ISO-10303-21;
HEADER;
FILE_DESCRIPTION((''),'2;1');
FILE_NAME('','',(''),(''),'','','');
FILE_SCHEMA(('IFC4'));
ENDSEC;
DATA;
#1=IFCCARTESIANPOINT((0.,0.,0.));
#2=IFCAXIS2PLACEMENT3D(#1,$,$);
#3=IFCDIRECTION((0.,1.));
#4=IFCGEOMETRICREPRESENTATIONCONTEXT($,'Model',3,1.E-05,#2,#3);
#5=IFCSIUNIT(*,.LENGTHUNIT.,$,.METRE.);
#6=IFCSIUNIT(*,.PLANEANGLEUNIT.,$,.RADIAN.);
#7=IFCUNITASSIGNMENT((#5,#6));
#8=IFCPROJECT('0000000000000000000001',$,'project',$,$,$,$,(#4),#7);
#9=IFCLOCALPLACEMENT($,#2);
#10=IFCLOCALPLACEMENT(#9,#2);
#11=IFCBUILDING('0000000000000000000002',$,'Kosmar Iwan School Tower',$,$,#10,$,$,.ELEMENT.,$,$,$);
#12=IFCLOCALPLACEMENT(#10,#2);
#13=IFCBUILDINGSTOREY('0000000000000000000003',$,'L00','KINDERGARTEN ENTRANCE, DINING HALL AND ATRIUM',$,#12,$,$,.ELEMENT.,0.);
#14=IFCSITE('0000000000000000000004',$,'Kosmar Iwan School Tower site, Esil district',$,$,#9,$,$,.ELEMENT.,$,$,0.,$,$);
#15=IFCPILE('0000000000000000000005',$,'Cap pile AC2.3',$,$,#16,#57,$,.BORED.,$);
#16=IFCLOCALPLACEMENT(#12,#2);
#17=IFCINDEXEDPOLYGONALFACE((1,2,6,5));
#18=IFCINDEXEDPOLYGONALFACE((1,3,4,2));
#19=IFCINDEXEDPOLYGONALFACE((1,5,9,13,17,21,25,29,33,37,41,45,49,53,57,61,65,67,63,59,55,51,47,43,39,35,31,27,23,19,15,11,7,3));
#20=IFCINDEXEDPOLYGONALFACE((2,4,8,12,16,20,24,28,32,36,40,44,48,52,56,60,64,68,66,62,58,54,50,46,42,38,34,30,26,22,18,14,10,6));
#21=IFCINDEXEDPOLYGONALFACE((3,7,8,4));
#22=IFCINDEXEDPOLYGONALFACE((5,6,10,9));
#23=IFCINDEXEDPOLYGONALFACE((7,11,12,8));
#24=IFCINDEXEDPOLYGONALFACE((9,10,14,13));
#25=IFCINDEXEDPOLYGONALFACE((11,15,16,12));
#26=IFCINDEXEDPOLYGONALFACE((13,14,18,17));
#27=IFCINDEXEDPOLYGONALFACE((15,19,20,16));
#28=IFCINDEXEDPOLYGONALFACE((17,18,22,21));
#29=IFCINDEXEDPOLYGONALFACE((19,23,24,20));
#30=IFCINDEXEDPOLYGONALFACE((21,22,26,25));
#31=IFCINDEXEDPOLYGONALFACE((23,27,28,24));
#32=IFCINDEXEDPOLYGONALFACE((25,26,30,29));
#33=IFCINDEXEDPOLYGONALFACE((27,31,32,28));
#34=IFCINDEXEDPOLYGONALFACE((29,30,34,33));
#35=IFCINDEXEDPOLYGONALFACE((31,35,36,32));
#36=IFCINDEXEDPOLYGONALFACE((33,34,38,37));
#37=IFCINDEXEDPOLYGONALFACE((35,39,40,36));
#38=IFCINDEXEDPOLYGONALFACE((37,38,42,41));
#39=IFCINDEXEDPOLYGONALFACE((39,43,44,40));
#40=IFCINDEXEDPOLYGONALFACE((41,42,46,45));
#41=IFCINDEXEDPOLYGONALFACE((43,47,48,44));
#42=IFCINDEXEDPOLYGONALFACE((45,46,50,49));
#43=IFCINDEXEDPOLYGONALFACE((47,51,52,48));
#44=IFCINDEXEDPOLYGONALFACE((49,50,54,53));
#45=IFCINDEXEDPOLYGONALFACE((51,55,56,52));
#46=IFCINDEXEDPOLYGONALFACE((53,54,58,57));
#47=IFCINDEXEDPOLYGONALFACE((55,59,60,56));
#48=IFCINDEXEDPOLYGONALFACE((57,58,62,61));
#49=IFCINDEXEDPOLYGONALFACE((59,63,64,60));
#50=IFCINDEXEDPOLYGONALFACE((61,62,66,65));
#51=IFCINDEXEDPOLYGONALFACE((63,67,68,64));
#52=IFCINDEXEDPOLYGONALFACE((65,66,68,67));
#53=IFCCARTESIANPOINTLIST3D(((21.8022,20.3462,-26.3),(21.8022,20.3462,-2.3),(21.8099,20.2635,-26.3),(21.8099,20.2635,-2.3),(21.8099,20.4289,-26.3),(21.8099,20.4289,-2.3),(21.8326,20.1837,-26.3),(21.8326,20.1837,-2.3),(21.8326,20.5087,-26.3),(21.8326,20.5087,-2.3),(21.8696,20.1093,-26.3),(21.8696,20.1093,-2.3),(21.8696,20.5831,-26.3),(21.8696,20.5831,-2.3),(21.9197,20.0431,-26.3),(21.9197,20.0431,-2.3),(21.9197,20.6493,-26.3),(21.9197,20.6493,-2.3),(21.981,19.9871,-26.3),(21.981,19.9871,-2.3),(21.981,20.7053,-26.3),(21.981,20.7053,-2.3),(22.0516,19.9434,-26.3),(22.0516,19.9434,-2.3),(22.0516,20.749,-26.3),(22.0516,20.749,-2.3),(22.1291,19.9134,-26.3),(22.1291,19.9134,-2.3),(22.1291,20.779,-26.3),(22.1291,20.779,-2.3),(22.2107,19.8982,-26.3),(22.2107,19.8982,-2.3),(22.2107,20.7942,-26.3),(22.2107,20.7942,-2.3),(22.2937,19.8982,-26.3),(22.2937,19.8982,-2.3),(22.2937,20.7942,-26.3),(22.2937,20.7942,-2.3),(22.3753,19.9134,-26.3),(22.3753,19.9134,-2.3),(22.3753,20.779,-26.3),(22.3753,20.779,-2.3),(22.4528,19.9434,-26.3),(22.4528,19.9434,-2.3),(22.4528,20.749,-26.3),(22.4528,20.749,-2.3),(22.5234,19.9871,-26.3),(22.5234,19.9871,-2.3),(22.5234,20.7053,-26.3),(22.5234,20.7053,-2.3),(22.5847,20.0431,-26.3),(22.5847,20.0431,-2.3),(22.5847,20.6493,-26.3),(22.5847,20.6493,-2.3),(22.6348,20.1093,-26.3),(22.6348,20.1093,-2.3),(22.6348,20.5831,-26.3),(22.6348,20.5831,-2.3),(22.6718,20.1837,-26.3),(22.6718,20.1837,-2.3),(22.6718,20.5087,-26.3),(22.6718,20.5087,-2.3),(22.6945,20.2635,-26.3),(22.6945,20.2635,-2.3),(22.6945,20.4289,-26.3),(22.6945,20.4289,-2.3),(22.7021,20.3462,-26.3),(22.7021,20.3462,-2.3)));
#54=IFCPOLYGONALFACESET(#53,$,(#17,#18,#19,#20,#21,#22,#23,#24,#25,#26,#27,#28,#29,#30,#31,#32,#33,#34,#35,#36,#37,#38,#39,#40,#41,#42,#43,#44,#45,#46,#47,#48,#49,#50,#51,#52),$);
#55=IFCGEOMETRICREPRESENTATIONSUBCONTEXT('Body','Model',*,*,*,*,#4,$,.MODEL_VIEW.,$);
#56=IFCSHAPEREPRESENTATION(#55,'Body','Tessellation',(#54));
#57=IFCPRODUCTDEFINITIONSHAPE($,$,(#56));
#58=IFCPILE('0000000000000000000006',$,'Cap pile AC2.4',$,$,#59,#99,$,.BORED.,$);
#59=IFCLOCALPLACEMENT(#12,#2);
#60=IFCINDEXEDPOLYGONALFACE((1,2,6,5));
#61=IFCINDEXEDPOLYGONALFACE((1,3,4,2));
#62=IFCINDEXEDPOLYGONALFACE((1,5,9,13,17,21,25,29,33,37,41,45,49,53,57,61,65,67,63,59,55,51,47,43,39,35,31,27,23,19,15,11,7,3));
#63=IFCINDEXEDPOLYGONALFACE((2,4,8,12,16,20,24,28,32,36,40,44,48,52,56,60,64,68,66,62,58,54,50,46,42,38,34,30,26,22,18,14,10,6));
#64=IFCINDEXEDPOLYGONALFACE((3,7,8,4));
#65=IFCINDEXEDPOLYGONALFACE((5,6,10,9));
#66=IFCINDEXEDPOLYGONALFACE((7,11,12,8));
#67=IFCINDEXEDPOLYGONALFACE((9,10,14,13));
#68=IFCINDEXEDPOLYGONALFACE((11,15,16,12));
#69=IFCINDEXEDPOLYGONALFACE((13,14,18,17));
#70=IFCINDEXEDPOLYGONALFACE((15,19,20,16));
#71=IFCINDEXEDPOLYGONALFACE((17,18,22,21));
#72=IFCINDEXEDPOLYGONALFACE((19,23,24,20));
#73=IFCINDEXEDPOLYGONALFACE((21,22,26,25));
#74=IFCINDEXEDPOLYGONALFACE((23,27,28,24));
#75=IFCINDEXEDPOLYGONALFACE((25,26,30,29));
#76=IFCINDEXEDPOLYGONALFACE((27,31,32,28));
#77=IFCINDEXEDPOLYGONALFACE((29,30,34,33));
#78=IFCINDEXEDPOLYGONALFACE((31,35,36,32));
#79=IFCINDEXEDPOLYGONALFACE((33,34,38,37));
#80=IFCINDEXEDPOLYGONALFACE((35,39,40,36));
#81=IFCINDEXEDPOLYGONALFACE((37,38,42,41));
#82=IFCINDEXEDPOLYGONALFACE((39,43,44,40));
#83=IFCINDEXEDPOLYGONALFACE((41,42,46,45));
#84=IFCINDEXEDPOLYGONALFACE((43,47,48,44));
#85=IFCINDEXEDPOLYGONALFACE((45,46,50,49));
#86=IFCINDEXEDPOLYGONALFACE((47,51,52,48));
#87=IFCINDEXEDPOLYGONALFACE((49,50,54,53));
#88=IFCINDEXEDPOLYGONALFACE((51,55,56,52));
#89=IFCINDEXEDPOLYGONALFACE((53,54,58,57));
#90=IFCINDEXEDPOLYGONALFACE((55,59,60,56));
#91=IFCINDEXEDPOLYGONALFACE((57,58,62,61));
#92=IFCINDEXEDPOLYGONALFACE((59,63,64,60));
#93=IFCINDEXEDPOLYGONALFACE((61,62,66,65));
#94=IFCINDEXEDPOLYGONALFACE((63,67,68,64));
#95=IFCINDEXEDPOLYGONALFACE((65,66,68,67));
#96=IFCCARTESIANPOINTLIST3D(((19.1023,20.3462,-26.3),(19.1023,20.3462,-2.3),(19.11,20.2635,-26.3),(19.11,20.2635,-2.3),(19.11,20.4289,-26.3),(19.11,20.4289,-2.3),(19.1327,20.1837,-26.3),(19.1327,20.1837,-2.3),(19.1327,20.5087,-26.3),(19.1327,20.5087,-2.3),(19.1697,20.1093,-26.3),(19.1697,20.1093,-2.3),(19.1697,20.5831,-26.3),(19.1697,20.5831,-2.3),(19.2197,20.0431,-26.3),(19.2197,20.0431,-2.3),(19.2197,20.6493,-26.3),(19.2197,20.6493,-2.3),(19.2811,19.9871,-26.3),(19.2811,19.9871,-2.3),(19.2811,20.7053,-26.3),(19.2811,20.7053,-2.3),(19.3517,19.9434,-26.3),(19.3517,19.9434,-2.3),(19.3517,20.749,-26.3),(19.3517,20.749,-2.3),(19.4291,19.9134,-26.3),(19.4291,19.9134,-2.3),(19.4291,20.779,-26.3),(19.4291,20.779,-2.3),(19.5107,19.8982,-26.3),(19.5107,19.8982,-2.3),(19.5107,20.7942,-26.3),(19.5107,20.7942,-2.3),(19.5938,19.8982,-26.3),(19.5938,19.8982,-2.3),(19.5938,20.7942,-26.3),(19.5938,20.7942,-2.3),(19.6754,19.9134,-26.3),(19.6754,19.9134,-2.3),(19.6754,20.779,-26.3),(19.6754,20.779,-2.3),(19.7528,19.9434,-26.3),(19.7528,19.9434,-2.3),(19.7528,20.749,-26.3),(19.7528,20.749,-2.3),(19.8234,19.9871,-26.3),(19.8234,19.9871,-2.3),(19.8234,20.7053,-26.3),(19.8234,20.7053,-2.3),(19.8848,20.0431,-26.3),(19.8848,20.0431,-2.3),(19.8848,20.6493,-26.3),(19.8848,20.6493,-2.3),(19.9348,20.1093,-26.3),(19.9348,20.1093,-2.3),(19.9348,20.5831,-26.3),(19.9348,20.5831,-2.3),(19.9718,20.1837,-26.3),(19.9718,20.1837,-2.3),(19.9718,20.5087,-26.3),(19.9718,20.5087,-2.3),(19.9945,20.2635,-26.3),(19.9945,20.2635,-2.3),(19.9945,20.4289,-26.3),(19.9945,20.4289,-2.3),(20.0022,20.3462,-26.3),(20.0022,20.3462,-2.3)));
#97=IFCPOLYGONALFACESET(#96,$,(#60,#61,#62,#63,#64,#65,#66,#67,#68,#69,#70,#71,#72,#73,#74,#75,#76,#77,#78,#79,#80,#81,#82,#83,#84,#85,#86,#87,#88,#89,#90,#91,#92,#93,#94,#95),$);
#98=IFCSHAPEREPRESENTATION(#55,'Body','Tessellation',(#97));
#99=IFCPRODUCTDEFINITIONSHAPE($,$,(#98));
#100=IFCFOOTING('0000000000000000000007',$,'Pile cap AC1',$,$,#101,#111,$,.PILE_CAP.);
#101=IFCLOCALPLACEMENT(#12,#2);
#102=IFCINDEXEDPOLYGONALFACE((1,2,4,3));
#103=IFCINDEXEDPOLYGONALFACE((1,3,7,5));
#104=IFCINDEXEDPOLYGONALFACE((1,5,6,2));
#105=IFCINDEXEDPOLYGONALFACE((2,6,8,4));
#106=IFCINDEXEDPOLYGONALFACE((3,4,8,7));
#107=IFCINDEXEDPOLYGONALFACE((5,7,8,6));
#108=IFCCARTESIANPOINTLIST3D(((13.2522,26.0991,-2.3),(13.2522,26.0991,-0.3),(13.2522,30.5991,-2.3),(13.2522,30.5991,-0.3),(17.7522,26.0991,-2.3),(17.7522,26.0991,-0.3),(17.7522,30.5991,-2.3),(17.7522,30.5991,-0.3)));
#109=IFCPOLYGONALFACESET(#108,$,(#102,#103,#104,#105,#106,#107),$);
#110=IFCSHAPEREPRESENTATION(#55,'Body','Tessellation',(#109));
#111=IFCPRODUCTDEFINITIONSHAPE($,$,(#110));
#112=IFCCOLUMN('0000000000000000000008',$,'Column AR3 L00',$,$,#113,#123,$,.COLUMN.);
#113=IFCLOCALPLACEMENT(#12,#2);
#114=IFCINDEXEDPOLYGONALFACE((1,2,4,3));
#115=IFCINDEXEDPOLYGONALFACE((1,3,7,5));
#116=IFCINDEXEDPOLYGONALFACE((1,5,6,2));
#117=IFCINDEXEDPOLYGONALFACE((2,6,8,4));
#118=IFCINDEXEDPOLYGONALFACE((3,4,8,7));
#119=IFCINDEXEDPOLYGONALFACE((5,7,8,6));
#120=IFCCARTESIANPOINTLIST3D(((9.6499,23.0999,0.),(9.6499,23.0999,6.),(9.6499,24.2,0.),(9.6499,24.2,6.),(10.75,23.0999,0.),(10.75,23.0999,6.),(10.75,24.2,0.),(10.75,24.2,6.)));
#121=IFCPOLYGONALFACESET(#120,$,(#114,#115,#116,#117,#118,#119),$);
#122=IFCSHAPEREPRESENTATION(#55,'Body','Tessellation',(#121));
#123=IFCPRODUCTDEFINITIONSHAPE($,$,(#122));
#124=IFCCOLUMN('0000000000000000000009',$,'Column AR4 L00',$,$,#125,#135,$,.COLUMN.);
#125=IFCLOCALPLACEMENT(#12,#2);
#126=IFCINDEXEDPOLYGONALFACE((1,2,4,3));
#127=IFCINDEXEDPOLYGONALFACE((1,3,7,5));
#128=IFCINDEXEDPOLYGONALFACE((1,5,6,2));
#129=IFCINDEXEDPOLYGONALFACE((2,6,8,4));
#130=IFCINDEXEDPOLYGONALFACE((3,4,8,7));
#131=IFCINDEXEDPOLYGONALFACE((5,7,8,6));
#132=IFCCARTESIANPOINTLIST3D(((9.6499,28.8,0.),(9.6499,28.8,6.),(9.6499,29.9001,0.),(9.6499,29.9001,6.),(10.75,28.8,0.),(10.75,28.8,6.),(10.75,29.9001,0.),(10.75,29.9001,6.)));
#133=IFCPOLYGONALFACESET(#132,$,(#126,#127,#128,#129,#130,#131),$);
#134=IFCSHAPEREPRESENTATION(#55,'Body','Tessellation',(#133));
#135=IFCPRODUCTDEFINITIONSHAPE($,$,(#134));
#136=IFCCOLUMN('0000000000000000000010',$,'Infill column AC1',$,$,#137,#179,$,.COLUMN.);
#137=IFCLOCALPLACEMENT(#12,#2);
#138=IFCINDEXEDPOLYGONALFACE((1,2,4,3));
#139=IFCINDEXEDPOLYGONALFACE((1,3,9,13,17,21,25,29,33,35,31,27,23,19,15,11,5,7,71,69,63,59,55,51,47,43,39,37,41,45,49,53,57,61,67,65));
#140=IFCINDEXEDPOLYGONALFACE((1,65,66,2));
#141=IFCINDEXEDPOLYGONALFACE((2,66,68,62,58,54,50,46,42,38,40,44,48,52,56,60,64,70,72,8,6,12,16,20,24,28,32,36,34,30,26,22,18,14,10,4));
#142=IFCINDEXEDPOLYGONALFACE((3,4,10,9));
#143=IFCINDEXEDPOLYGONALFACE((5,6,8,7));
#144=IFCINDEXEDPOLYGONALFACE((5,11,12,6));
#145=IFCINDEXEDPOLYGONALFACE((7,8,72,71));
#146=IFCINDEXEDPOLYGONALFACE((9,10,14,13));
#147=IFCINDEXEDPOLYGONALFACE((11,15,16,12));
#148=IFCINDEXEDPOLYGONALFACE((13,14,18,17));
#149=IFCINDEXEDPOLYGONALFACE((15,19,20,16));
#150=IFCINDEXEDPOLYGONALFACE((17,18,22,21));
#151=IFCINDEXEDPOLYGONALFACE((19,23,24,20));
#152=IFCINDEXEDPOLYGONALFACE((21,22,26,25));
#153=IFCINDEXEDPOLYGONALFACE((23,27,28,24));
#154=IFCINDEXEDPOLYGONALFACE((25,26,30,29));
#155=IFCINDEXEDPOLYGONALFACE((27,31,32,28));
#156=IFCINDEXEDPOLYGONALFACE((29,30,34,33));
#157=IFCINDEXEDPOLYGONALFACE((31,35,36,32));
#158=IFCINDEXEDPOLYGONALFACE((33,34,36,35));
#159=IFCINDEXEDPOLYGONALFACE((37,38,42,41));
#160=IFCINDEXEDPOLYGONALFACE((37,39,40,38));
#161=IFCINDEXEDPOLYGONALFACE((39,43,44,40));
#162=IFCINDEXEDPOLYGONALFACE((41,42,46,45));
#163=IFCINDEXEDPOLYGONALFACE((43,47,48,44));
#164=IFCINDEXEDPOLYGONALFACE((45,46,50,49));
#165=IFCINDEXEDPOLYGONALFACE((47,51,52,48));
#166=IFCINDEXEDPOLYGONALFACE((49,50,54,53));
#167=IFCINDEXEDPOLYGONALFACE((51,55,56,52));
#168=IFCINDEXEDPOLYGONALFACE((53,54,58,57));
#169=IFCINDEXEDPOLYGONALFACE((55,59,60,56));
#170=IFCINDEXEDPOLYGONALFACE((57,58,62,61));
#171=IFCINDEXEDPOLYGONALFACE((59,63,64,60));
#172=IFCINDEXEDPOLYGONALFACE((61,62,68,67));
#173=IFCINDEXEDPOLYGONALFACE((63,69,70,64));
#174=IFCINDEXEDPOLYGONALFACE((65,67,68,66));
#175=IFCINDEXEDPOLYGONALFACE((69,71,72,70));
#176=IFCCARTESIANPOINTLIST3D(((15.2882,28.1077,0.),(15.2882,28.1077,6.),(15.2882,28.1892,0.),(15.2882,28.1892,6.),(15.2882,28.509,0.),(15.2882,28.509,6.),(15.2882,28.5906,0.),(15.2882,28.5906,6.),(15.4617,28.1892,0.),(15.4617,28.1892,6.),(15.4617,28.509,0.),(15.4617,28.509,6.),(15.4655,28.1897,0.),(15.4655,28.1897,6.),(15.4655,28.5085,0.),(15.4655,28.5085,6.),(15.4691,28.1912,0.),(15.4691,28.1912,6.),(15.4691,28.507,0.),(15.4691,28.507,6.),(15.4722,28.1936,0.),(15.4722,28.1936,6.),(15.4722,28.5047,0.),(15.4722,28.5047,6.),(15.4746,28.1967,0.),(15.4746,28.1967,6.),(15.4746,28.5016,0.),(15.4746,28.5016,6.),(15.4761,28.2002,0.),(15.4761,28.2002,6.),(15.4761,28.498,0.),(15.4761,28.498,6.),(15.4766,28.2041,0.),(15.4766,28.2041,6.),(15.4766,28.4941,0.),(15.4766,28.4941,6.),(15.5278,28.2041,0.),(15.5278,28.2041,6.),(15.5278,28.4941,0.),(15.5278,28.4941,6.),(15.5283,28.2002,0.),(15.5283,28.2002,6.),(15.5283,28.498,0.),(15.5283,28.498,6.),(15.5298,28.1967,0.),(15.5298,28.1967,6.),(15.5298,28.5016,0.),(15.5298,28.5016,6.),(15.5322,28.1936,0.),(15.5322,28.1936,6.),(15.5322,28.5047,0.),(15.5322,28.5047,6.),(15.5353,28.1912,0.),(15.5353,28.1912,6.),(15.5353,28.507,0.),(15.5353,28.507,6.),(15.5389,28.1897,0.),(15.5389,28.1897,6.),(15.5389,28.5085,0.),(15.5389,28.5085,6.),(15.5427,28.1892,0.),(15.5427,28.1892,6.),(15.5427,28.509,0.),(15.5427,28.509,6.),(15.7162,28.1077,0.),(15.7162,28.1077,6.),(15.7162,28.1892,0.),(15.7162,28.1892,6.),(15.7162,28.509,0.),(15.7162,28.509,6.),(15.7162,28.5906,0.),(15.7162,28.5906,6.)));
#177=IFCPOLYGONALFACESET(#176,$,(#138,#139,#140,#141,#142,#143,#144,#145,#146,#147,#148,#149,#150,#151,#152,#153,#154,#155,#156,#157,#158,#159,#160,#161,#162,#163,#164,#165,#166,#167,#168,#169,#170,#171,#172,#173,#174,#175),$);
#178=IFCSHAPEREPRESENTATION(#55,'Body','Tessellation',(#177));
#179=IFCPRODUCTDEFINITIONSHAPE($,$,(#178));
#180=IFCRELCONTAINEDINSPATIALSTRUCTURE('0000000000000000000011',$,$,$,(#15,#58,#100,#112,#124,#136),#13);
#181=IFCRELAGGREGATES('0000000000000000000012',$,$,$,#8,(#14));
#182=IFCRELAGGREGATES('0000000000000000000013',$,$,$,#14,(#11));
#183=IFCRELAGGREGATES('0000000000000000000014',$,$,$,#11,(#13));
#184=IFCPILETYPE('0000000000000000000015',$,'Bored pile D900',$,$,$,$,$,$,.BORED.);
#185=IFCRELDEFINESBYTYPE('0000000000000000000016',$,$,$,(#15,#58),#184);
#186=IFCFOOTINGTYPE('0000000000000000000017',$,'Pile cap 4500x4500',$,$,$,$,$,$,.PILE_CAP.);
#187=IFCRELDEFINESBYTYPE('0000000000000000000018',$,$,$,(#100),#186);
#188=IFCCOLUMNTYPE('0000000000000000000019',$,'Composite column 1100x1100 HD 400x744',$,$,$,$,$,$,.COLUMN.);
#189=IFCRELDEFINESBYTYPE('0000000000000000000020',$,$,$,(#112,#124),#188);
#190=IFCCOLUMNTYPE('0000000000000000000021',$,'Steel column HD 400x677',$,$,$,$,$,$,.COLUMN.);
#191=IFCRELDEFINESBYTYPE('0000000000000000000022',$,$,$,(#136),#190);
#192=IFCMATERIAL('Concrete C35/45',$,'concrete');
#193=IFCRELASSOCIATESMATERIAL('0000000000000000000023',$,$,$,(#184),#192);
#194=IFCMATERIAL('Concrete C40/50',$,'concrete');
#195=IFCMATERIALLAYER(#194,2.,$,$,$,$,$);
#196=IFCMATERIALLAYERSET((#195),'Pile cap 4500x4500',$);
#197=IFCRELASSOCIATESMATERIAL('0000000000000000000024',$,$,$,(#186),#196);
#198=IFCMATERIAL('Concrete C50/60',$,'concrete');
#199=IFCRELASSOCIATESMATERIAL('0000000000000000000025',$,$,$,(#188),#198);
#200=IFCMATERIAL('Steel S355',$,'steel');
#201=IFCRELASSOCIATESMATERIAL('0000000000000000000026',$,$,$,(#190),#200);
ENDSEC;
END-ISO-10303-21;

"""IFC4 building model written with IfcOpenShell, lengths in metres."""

from ifc_helpers import new_model, si_unit, direction, frame, origin, origin_2d, place, context, subcontext, project, spatial, rectangle, circle, i_section, extrude, material, layer, layer_set, material_profile, profile_set, type_object, element, save


model = new_model("IFC4")

# Units and contexts
model_context = context("Model", 3, precision=1e-05, world=origin(), true_north=direction((0.0, 1.0)))
body_context = subcontext(model_context, "Body", "Model", "MODEL_VIEW")
ifc_project = project(units=[si_unit("LENGTHUNIT", "METRE"), si_unit("PLANEANGLEUNIT", "RADIAN")], contexts=[model_context])

# Site, building, storey
site_placement = place(None, origin())
site = spatial("IfcSite", under=ifc_project, at=site_placement, Name="Kosmar Iwan School Tower site, Esil district", CompositionType="ELEMENT", RefElevation=0.0)
building_placement = place(site_placement, origin())
building = spatial("IfcBuilding", under=site, at=building_placement, Name="Kosmar Iwan School Tower", CompositionType="ELEMENT")
storey_placement = place(building_placement, origin())
storey = spatial("IfcBuildingStorey", under=building, at=storey_placement, Name="L00", Description="KINDERGARTEN ENTRANCE, DINING HALL AND ATRIUM", CompositionType="ELEMENT", Elevation=0.0)

# Piles
ifc_material_1 = material(Name="Concrete C35/45", Category="concrete")
ifc_material_profile_1 = material_profile(ifc_material_1, circle(Radius=0.45, at=origin_2d()), Name="D900")
ifc_profile_set_1 = profile_set([ifc_material_profile_1], Name="Concrete C35/45")
pile_type = type_object("IfcPileType", Name="Bored pile D900", PredefinedType="BORED", material=ifc_profile_set_1)
for number, where, z_axis, x_axis, name in (
    (1, (22.2522, 20.3462, -2.3), (0.0, 0.0, -1.0), (1.0, 0.0, 0.0), "Cap pile AC2.3"),
    (2, (19.5522, 20.3462, -2.3), (0.0, 0.0, -1.0), (1.0, 0.0, 0.0), "Cap pile AC2.4"),
):
    element("IfcPile", number, at=place(storey_placement, frame(where, z_axis=z_axis, x_axis=x_axis)), inside=storey, type_object=pile_type, Name=name, PredefinedType="BORED", context=body_context, shape_type="SweptSolid", body=[
        extrude(circle(Radius=0.45, at=origin_2d()), origin(), (0.0, 0.0, 1.0), 24.0),
    ])

# Footing
ifc_material_2 = material(Name="Concrete C40/50", Category="concrete")
ifc_layer_1 = layer(ifc_material_2, 2.0)
ifc_layer_set_1 = layer_set([ifc_layer_1], Name="Pile cap 4500x4500")
footing_type = type_object("IfcFootingType", Name="Pile cap 4500x4500", PredefinedType="PILE_CAP", material=ifc_layer_set_1)
footing_placement = place(storey_placement, frame((15.5022, 28.3491, -2.3), z_axis=(0.0, 0.0, 1.0), x_axis=(1.0, 0.0, 0.0)))
element("IfcFooting", 3, at=footing_placement, inside=storey, type_object=footing_type, Name="Pile cap AC1", PredefinedType="PILE_CAP", context=body_context, shape_type="SweptSolid", body=[
    extrude(rectangle(XDim=4.5, YDim=4.5, at=origin_2d()), origin(), (0.0, 0.0, 1.0), 2.0),
])

# Columns
ifc_material_3 = material(Name="Concrete C50/60", Category="concrete")
ifc_material_profile_2 = material_profile(ifc_material_3, rectangle(XDim=1.1001, YDim=1.1001, at=origin_2d()), Name="RC 1100x1100 + HD 400x744")
ifc_profile_set_2 = profile_set([ifc_material_profile_2], Name="Concrete C50/60")
column_type_1 = type_object("IfcColumnType", Name="Composite column 1100x1100 HD 400x744", PredefinedType="COLUMN", material=ifc_profile_set_2)
for number, where, z_axis, x_axis, name in (
    (4, (10.2, 23.6499, 0.0), (0.0, 0.0, 1.0), (0.0, 1.0, 0.0), "Column AR3 L00"),
    (5, (10.2, 29.3501, 0.0), (0.0, 0.0, 1.0), (0.0, 1.0, 0.0), "Column AR4 L00"),
):
    element("IfcColumn", number, at=place(storey_placement, frame(where, z_axis=z_axis, x_axis=x_axis)), inside=storey, type_object=column_type_1, Name=name, PredefinedType="COLUMN", context=body_context, shape_type="SweptSolid", body=[
        extrude(rectangle(XDim=1.1001, YDim=1.1001, at=origin_2d()), origin(), (0.0, 0.0, 1.0), 6.0),
    ])
ifc_material_4 = material(Name="Steel S355", Category="steel")
ifc_material_profile_3 = material_profile(ifc_material_4, i_section(OverallWidth=0.428, OverallDepth=0.4829, WebThickness=0.0513, FlangeThickness=0.0815, FilletRadius=0.0149, at=origin_2d()), Name="HD 400x677")
ifc_profile_set_3 = profile_set([ifc_material_profile_3], Name="Steel S355")
column_type_2 = type_object("IfcColumnType", Name="Steel column HD 400x677", PredefinedType="COLUMN", material=ifc_profile_set_3)
for number, where, z_axis, x_axis, name in (
    (6, (15.5022, 28.3491, 0.0), (0.0, 0.0, 1.0), (1.0, 0.0, 0.0), "Infill column AC1"),
):
    element("IfcColumn", number, at=place(storey_placement, frame(where, z_axis=z_axis, x_axis=x_axis)), inside=storey, type_object=column_type_2, Name=name, PredefinedType="COLUMN", context=body_context, shape_type="SweptSolid", body=[
        extrude(i_section(OverallWidth=0.428, OverallDepth=0.4829, WebThickness=0.0513, FlangeThickness=0.0815, FilletRadius=0.0149, at=origin_2d()), origin(), (0.0, 0.0, 1.0), 6.0),
    ])

save(model, "model.ifc")
